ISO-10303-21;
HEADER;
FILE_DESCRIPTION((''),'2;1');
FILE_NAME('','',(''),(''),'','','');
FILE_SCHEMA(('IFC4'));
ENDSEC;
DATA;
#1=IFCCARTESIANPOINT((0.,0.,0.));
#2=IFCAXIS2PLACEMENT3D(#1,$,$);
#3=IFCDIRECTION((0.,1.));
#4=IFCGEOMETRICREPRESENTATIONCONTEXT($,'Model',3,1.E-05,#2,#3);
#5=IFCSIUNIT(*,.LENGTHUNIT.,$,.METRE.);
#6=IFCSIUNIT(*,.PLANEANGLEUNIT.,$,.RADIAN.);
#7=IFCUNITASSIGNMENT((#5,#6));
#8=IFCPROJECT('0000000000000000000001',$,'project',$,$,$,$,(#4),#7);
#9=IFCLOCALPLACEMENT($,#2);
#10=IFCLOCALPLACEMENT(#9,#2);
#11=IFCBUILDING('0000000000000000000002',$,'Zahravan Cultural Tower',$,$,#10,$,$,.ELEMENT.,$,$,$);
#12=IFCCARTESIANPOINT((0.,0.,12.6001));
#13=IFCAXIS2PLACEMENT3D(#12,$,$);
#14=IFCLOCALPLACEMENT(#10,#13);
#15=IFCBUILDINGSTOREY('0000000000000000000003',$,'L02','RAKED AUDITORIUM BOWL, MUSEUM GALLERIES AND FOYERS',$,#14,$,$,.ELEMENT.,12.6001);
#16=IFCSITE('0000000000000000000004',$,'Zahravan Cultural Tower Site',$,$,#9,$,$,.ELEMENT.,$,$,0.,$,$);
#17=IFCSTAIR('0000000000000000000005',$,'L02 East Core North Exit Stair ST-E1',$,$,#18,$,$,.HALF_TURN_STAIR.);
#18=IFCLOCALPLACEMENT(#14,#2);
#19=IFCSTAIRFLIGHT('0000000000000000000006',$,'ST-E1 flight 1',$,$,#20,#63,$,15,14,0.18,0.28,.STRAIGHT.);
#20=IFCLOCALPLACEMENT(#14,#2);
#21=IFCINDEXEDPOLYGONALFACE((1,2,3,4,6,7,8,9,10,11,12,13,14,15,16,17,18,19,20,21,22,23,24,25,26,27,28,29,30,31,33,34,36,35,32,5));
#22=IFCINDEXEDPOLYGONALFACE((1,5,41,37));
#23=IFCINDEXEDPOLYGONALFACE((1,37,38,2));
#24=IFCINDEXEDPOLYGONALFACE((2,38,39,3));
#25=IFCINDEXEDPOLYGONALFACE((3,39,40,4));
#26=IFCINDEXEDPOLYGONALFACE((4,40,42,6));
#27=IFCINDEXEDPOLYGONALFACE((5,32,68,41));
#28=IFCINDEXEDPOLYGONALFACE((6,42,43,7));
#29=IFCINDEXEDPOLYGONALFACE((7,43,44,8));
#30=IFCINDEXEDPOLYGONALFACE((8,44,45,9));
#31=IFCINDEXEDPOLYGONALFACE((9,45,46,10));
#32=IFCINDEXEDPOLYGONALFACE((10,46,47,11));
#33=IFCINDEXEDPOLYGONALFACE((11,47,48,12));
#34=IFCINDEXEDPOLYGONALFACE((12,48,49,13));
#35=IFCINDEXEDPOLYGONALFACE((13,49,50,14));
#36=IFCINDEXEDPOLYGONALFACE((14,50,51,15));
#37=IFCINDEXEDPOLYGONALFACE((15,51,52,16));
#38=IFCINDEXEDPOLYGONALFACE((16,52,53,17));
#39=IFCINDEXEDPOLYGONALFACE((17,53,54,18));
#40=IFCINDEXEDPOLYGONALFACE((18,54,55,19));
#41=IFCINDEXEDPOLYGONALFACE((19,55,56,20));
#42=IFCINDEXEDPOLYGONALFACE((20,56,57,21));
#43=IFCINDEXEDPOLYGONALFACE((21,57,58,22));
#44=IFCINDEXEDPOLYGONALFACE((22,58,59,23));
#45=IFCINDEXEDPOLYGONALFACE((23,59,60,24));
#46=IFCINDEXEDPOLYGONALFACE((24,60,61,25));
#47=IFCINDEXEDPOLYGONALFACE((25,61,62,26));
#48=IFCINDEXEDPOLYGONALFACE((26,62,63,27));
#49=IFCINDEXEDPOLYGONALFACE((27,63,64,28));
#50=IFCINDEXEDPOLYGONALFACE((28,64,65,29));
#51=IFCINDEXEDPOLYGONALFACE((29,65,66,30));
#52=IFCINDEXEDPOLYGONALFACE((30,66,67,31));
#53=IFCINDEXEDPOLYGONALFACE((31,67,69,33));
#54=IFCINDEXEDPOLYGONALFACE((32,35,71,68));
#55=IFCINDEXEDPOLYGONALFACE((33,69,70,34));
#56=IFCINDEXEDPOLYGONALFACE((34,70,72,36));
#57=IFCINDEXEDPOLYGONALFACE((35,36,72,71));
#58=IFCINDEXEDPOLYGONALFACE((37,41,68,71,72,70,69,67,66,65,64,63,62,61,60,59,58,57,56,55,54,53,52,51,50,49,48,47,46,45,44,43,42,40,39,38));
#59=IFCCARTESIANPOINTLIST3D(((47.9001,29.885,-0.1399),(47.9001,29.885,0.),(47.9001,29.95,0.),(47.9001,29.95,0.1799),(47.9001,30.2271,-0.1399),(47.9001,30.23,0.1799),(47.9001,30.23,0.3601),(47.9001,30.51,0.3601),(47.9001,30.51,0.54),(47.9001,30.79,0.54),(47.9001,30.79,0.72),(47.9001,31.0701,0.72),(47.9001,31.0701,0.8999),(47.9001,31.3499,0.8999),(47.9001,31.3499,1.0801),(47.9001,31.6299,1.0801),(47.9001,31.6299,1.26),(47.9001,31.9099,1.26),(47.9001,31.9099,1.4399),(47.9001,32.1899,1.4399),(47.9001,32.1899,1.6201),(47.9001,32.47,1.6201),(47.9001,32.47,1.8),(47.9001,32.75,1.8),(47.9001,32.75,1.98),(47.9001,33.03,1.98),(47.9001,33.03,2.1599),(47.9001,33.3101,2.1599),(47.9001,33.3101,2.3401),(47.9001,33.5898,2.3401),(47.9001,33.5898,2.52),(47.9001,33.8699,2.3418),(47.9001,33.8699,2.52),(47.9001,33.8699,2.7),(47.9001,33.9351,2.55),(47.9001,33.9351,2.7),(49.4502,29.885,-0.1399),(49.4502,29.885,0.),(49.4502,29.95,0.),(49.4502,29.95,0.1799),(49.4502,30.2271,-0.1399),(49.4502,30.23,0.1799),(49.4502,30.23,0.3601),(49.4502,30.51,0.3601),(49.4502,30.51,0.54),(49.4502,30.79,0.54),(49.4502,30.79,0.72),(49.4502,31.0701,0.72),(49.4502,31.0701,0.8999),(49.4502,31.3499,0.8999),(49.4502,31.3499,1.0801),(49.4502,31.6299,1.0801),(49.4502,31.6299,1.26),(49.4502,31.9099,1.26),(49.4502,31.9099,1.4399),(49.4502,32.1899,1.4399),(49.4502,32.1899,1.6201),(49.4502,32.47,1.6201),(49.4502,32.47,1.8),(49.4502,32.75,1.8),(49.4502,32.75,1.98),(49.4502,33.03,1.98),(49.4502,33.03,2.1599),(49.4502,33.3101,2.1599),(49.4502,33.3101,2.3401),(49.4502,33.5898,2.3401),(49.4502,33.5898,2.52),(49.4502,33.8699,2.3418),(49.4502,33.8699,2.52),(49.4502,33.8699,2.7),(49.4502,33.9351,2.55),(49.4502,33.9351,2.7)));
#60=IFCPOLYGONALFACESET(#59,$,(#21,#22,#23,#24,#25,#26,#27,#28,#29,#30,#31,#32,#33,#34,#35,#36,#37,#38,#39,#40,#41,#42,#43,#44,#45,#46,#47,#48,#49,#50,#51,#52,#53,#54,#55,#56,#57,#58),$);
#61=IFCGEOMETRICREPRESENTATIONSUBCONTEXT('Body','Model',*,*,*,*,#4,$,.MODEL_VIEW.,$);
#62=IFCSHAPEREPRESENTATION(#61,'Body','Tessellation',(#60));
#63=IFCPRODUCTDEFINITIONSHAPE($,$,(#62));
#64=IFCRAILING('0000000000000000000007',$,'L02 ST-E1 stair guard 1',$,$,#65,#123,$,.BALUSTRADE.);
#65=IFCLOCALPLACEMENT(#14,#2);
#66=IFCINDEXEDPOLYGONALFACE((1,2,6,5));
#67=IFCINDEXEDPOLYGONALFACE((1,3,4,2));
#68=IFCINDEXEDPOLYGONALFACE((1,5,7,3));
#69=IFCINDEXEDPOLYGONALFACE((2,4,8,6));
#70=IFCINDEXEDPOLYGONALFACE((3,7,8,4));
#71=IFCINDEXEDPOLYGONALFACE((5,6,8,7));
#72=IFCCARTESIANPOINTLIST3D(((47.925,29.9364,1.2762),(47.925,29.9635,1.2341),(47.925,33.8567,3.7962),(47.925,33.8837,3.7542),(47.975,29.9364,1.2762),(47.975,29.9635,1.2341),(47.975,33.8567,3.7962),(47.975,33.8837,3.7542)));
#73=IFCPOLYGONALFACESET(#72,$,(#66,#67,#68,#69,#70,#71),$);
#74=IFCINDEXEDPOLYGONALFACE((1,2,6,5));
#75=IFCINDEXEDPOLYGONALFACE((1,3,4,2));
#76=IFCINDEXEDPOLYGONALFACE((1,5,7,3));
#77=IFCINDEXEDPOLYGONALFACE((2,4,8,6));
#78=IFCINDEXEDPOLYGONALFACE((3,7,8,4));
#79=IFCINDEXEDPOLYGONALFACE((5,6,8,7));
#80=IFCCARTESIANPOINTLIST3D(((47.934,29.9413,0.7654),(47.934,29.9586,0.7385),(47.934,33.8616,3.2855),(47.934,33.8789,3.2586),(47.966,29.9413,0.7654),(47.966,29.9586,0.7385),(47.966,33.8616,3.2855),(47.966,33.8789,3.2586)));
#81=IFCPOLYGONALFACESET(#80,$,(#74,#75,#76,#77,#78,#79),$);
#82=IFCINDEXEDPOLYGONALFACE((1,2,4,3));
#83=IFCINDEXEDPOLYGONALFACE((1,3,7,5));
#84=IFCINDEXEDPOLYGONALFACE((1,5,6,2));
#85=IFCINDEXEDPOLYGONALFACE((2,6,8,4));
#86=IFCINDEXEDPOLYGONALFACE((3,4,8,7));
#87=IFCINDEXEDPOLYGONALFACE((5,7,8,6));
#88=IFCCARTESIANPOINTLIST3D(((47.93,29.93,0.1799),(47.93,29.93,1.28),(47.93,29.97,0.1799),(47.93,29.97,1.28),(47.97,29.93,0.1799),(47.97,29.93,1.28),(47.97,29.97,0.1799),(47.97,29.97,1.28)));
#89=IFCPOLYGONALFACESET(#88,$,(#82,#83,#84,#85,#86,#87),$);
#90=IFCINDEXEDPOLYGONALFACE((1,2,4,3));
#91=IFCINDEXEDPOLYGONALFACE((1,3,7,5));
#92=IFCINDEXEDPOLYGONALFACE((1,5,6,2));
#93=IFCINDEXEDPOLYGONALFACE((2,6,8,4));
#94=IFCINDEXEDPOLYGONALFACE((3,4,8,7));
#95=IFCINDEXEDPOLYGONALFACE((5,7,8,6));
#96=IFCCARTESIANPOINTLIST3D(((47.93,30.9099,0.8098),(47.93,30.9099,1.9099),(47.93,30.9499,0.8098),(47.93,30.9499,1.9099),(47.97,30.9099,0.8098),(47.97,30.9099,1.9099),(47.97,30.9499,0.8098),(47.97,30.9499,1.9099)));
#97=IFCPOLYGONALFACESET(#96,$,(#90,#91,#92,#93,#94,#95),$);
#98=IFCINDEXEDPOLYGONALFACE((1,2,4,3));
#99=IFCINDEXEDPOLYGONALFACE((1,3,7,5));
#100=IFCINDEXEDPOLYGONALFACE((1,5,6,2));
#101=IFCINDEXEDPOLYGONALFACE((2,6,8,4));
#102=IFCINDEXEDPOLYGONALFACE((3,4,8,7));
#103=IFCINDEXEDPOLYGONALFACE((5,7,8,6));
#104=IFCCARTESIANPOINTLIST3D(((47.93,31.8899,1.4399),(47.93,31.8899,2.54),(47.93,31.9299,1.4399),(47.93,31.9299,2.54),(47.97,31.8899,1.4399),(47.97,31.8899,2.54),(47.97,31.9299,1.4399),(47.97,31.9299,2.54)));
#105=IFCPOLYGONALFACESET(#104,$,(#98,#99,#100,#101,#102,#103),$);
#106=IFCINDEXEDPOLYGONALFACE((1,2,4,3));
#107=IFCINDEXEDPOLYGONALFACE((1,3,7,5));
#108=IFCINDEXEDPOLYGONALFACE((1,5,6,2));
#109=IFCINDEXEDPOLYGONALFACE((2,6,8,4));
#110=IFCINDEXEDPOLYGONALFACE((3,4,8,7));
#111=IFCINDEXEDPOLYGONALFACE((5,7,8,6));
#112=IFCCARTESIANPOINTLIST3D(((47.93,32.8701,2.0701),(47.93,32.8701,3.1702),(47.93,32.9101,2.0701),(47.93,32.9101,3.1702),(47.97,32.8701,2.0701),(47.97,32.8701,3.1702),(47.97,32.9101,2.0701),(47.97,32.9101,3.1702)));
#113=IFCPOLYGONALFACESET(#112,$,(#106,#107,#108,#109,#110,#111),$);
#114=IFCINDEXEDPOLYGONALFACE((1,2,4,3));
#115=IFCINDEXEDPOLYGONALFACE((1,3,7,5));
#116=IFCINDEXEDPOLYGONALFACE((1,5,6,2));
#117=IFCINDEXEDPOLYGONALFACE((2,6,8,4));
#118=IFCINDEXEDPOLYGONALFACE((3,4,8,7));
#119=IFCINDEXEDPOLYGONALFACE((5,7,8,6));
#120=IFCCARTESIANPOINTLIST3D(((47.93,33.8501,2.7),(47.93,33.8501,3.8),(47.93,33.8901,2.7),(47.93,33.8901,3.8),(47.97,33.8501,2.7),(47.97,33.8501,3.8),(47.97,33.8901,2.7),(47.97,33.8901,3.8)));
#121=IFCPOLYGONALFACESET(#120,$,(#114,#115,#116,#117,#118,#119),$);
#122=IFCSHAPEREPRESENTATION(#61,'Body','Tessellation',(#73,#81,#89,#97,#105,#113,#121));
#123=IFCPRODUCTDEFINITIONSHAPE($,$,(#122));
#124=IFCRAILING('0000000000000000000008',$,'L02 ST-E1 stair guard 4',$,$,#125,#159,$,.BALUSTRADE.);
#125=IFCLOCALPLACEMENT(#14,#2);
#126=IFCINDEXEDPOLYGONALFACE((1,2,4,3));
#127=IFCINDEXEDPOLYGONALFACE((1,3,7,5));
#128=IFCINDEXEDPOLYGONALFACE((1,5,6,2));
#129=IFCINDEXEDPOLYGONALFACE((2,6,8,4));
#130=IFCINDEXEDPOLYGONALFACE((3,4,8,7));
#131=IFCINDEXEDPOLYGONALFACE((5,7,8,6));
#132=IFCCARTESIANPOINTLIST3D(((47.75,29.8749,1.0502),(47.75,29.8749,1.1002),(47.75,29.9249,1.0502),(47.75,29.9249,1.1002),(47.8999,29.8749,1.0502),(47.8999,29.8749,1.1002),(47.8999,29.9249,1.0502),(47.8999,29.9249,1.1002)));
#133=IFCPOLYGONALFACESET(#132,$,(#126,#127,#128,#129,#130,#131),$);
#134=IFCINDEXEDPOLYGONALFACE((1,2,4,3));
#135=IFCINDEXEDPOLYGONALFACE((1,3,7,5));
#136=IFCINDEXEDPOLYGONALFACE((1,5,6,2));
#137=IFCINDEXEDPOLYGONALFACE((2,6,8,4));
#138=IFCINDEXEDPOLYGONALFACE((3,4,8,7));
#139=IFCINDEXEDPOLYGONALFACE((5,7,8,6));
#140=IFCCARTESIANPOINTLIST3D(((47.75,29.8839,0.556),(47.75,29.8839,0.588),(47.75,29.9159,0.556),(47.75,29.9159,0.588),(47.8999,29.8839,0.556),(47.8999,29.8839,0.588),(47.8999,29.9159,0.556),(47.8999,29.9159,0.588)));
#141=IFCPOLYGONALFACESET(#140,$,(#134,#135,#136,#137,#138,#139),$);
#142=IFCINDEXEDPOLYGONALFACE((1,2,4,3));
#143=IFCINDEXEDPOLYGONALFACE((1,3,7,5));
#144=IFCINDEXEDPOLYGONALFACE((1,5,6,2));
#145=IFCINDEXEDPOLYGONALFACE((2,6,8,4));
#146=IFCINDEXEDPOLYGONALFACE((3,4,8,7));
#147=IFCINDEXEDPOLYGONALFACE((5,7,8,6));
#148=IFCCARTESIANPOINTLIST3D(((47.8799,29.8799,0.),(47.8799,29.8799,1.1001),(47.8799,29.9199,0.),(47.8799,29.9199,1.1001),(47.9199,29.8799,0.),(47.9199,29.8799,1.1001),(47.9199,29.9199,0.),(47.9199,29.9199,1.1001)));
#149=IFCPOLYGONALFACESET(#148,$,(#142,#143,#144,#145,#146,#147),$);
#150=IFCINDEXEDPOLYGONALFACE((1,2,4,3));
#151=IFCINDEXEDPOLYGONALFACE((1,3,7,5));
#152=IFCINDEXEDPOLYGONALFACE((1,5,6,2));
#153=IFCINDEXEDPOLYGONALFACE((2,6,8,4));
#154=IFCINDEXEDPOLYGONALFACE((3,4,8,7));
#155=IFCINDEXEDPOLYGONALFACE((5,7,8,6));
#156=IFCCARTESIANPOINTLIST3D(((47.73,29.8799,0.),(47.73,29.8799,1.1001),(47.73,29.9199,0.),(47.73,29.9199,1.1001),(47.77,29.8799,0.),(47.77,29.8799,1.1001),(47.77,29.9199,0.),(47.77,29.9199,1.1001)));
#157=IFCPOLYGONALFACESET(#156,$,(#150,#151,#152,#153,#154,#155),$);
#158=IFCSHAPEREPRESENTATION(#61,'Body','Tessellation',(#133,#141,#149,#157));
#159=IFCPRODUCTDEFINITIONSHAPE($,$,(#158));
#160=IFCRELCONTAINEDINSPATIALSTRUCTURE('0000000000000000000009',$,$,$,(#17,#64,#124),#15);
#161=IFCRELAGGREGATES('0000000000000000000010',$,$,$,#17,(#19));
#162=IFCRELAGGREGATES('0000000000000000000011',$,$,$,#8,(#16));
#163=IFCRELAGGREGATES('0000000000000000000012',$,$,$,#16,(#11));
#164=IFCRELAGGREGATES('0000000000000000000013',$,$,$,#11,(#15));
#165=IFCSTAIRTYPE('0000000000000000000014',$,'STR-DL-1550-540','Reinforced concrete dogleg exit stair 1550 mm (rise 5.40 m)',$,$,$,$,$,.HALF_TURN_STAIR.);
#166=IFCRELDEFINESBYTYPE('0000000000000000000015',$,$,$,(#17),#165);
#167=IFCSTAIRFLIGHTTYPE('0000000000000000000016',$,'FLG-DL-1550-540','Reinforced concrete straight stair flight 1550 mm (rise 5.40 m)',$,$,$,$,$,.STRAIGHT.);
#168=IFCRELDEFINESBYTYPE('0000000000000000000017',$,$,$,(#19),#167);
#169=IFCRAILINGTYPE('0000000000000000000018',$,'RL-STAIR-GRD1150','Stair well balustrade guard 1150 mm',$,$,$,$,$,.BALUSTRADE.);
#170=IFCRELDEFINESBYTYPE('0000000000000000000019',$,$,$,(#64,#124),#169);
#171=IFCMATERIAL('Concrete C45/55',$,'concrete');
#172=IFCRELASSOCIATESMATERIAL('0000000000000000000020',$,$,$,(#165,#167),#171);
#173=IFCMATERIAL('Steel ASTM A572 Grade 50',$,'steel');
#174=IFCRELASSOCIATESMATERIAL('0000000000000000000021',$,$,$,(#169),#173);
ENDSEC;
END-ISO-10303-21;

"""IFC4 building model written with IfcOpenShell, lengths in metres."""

from ifc_helpers import new_model, si_unit, direction, frame, origin, origin_2d, place, context, subcontext, project, spatial, polyline, rectangle, outline, extrude, material, type_object, element, aggregate, save


model = new_model("IFC4")

# Units and contexts
model_context = context("Model", 3, precision=1e-05, world=origin(), true_north=direction((0.0, 1.0)))
body_context = subcontext(model_context, "Body", "Model", "MODEL_VIEW")
ifc_project = project(units=[si_unit("LENGTHUNIT", "METRE"), si_unit("PLANEANGLEUNIT", "RADIAN")], contexts=[model_context])

# Site, building, storey
site_placement = place(None, origin())
site = spatial("IfcSite", under=ifc_project, at=site_placement, Name="Zahravan Cultural Tower Site", CompositionType="ELEMENT", RefElevation=0.0)
building_placement = place(site_placement, origin())
building = spatial("IfcBuilding", under=site, at=building_placement, Name="Zahravan Cultural Tower", CompositionType="ELEMENT")
storey_placement = place(building_placement, frame((0.0, 0.0, 12.6001)))
storey = spatial("IfcBuildingStorey", under=building, at=storey_placement, Name="L02", Description="RAKED AUDITORIUM BOWL, MUSEUM GALLERIES AND FOYERS", CompositionType="ELEMENT", Elevation=12.6001)

# Shared definitions
ifc_material_1 = material(Name="Steel ASTM A572 Grade 50", Category="steel")
ifc_material_2 = material(Name="Concrete C45/55", Category="concrete")

# Stair, stair flight
stair_type = type_object("IfcStairType", Name="STR-DL-1550-540", Description="Reinforced concrete dogleg exit stair 1550 mm (rise 5.40 m)", PredefinedType="HALF_TURN_STAIR", material=ifc_material_2)
stair_placement = place(storey_placement, origin())
stair = element("IfcStair", 1, at=stair_placement, inside=storey, type_object=stair_type, Name="L02 East Core North Exit Stair ST-E1", PredefinedType="HALF_TURN_STAIR")
stair_flight_type = type_object("IfcStairFlightType", Name="FLG-DL-1550-540", Description="Reinforced concrete straight stair flight 1550 mm (rise 5.40 m)", PredefinedType="STRAIGHT", material=ifc_material_2)
stair_flight_placement = place(storey_placement, frame((48.675, 29.95, 0.0), z_axis=(0.0, 0.0, 1.0), x_axis=(0.0, 1.0, 0.0)))
stair_flight = element("IfcStairFlight", 2, at=stair_flight_placement, type_object=stair_flight_type, Name="ST-E1 flight 1", NumberOfRisers=15, NumberOfTreads=14, PredefinedType="STRAIGHT", RiserHeight=0.18, TreadLength=0.28, context=body_context, shape_type="SweptSolid", body=[
    extrude(outline(polyline([(-0.0649, -0.1399), (-0.0649, 0.0), (0.0, 0.0), (0.0, 0.1799), (0.28, 0.1799), (0.28, 0.3601), (0.5601, 0.3601), (0.5601, 0.54), (0.8401, 0.54), (0.8401, 0.72), (1.1201, 0.72), (1.1201, 0.8999), (1.3999, 0.8999), (1.3999, 1.0801), (1.6799, 1.0801), (1.6799, 1.26), (1.96, 1.26), (1.96, 1.4399), (2.24, 1.4399), (2.24, 1.6201), (2.52, 1.6201), (2.52, 1.8), (2.8, 1.8), (2.8, 1.98), (3.0801, 1.98), (3.0801, 2.1599), (3.3601, 2.1599), (3.3601, 2.3401), (3.6399, 2.3401), (3.6399, 2.52), (3.9199, 2.52), (3.9199, 2.7), (3.9851, 2.7), (3.9851, 2.55), (3.9199, 2.3418), (0.2771, -0.1399), (-0.0649, -0.1399)])), frame((0.0, 0.7749, 0.0), z_axis=(0.0, -1.0, 0.0), x_axis=(1.0, 0.0, 0.0)), (0.0, 0.0, 1.0), 1.55),
])
aggregate(stair, [stair_flight])

# Railings
railing_type_1 = type_object("IfcRailingType", Name="RL-STAIR-GRD1150", Description="Stair well balustrade guard 1150 mm", PredefinedType="BALUSTRADE", material=ifc_material_1)
railing_1_placement = place(storey_placement, frame((47.95, 29.95, 0.1799)))
element("IfcRailing", 3, at=railing_1_placement, inside=storey, type_object=railing_type_1, Name="L02 ST-E1 stair guard 1", PredefinedType="BALUSTRADE", context=body_context, shape_type="SweptSolid", body=[
    extrude(rectangle(XDim=0.05, YDim=0.05, at=origin_2d()), frame((0.0, 0.0, 1.0752), z_axis=(0.0, 0.841187, 0.540744), x_axis=(-1.0, 0.0, 0.0)), (0.0, 0.0, 1.0), 4.6604),
    extrude(rectangle(XDim=0.032, YDim=0.032, at=origin_2d()), frame((0.0, 0.0, 0.572), z_axis=(0.0, 0.841187, 0.540744), x_axis=(-1.0, 0.0, 0.0)), (0.0, 0.0, 1.0), 4.6604),
    extrude(rectangle(XDim=0.04, YDim=0.04, at=origin_2d()), origin(), (0.0, 0.0, 1.0), 1.1001),
    extrude(rectangle(XDim=0.04, YDim=0.04, at=origin_2d()), frame((0.0, 0.98, 0.6299)), (0.0, 0.0, 1.0), 1.1001),
    extrude(rectangle(XDim=0.04, YDim=0.04, at=origin_2d()), frame((0.0, 1.96, 1.26)), (0.0, 0.0, 1.0), 1.1001),
    extrude(rectangle(XDim=0.04, YDim=0.04, at=origin_2d()), frame((0.0, 2.9402, 1.8901)), (0.0, 0.0, 1.0), 1.1001),
    extrude(rectangle(XDim=0.04, YDim=0.04, at=origin_2d()), frame((0.0, 3.9202, 2.52)), (0.0, 0.0, 1.0), 1.1001),
])
railing_2_placement = place(storey_placement, frame((47.8999, 29.8999, 0.0)))
element("IfcRailing", 4, at=railing_2_placement, inside=storey, type_object=railing_type_1, Name="L02 ST-E1 stair guard 4", PredefinedType="BALUSTRADE", context=body_context, shape_type="SweptSolid", body=[
    extrude(rectangle(XDim=0.05, YDim=0.05, at=origin_2d()), frame((0.0, 0.0, 1.0752), z_axis=(-1.0, 0.0, 0.0), x_axis=(0.0, -1.0, 0.0)), (0.0, 0.0, 1.0), 0.1499),
    extrude(rectangle(XDim=0.032, YDim=0.032, at=origin_2d()), frame((0.0, 0.0, 0.572), z_axis=(-1.0, 0.0, 0.0), x_axis=(0.0, -1.0, 0.0)), (0.0, 0.0, 1.0), 0.1499),
    extrude(rectangle(XDim=0.04, YDim=0.04, at=origin_2d()), origin(), (0.0, 0.0, 1.0), 1.1001),
    extrude(rectangle(XDim=0.04, YDim=0.04, at=origin_2d()), frame((-0.1499, 0.0, 0.0)), (0.0, 0.0, 1.0), 1.1001),
])

save(model, "model.ifc")
